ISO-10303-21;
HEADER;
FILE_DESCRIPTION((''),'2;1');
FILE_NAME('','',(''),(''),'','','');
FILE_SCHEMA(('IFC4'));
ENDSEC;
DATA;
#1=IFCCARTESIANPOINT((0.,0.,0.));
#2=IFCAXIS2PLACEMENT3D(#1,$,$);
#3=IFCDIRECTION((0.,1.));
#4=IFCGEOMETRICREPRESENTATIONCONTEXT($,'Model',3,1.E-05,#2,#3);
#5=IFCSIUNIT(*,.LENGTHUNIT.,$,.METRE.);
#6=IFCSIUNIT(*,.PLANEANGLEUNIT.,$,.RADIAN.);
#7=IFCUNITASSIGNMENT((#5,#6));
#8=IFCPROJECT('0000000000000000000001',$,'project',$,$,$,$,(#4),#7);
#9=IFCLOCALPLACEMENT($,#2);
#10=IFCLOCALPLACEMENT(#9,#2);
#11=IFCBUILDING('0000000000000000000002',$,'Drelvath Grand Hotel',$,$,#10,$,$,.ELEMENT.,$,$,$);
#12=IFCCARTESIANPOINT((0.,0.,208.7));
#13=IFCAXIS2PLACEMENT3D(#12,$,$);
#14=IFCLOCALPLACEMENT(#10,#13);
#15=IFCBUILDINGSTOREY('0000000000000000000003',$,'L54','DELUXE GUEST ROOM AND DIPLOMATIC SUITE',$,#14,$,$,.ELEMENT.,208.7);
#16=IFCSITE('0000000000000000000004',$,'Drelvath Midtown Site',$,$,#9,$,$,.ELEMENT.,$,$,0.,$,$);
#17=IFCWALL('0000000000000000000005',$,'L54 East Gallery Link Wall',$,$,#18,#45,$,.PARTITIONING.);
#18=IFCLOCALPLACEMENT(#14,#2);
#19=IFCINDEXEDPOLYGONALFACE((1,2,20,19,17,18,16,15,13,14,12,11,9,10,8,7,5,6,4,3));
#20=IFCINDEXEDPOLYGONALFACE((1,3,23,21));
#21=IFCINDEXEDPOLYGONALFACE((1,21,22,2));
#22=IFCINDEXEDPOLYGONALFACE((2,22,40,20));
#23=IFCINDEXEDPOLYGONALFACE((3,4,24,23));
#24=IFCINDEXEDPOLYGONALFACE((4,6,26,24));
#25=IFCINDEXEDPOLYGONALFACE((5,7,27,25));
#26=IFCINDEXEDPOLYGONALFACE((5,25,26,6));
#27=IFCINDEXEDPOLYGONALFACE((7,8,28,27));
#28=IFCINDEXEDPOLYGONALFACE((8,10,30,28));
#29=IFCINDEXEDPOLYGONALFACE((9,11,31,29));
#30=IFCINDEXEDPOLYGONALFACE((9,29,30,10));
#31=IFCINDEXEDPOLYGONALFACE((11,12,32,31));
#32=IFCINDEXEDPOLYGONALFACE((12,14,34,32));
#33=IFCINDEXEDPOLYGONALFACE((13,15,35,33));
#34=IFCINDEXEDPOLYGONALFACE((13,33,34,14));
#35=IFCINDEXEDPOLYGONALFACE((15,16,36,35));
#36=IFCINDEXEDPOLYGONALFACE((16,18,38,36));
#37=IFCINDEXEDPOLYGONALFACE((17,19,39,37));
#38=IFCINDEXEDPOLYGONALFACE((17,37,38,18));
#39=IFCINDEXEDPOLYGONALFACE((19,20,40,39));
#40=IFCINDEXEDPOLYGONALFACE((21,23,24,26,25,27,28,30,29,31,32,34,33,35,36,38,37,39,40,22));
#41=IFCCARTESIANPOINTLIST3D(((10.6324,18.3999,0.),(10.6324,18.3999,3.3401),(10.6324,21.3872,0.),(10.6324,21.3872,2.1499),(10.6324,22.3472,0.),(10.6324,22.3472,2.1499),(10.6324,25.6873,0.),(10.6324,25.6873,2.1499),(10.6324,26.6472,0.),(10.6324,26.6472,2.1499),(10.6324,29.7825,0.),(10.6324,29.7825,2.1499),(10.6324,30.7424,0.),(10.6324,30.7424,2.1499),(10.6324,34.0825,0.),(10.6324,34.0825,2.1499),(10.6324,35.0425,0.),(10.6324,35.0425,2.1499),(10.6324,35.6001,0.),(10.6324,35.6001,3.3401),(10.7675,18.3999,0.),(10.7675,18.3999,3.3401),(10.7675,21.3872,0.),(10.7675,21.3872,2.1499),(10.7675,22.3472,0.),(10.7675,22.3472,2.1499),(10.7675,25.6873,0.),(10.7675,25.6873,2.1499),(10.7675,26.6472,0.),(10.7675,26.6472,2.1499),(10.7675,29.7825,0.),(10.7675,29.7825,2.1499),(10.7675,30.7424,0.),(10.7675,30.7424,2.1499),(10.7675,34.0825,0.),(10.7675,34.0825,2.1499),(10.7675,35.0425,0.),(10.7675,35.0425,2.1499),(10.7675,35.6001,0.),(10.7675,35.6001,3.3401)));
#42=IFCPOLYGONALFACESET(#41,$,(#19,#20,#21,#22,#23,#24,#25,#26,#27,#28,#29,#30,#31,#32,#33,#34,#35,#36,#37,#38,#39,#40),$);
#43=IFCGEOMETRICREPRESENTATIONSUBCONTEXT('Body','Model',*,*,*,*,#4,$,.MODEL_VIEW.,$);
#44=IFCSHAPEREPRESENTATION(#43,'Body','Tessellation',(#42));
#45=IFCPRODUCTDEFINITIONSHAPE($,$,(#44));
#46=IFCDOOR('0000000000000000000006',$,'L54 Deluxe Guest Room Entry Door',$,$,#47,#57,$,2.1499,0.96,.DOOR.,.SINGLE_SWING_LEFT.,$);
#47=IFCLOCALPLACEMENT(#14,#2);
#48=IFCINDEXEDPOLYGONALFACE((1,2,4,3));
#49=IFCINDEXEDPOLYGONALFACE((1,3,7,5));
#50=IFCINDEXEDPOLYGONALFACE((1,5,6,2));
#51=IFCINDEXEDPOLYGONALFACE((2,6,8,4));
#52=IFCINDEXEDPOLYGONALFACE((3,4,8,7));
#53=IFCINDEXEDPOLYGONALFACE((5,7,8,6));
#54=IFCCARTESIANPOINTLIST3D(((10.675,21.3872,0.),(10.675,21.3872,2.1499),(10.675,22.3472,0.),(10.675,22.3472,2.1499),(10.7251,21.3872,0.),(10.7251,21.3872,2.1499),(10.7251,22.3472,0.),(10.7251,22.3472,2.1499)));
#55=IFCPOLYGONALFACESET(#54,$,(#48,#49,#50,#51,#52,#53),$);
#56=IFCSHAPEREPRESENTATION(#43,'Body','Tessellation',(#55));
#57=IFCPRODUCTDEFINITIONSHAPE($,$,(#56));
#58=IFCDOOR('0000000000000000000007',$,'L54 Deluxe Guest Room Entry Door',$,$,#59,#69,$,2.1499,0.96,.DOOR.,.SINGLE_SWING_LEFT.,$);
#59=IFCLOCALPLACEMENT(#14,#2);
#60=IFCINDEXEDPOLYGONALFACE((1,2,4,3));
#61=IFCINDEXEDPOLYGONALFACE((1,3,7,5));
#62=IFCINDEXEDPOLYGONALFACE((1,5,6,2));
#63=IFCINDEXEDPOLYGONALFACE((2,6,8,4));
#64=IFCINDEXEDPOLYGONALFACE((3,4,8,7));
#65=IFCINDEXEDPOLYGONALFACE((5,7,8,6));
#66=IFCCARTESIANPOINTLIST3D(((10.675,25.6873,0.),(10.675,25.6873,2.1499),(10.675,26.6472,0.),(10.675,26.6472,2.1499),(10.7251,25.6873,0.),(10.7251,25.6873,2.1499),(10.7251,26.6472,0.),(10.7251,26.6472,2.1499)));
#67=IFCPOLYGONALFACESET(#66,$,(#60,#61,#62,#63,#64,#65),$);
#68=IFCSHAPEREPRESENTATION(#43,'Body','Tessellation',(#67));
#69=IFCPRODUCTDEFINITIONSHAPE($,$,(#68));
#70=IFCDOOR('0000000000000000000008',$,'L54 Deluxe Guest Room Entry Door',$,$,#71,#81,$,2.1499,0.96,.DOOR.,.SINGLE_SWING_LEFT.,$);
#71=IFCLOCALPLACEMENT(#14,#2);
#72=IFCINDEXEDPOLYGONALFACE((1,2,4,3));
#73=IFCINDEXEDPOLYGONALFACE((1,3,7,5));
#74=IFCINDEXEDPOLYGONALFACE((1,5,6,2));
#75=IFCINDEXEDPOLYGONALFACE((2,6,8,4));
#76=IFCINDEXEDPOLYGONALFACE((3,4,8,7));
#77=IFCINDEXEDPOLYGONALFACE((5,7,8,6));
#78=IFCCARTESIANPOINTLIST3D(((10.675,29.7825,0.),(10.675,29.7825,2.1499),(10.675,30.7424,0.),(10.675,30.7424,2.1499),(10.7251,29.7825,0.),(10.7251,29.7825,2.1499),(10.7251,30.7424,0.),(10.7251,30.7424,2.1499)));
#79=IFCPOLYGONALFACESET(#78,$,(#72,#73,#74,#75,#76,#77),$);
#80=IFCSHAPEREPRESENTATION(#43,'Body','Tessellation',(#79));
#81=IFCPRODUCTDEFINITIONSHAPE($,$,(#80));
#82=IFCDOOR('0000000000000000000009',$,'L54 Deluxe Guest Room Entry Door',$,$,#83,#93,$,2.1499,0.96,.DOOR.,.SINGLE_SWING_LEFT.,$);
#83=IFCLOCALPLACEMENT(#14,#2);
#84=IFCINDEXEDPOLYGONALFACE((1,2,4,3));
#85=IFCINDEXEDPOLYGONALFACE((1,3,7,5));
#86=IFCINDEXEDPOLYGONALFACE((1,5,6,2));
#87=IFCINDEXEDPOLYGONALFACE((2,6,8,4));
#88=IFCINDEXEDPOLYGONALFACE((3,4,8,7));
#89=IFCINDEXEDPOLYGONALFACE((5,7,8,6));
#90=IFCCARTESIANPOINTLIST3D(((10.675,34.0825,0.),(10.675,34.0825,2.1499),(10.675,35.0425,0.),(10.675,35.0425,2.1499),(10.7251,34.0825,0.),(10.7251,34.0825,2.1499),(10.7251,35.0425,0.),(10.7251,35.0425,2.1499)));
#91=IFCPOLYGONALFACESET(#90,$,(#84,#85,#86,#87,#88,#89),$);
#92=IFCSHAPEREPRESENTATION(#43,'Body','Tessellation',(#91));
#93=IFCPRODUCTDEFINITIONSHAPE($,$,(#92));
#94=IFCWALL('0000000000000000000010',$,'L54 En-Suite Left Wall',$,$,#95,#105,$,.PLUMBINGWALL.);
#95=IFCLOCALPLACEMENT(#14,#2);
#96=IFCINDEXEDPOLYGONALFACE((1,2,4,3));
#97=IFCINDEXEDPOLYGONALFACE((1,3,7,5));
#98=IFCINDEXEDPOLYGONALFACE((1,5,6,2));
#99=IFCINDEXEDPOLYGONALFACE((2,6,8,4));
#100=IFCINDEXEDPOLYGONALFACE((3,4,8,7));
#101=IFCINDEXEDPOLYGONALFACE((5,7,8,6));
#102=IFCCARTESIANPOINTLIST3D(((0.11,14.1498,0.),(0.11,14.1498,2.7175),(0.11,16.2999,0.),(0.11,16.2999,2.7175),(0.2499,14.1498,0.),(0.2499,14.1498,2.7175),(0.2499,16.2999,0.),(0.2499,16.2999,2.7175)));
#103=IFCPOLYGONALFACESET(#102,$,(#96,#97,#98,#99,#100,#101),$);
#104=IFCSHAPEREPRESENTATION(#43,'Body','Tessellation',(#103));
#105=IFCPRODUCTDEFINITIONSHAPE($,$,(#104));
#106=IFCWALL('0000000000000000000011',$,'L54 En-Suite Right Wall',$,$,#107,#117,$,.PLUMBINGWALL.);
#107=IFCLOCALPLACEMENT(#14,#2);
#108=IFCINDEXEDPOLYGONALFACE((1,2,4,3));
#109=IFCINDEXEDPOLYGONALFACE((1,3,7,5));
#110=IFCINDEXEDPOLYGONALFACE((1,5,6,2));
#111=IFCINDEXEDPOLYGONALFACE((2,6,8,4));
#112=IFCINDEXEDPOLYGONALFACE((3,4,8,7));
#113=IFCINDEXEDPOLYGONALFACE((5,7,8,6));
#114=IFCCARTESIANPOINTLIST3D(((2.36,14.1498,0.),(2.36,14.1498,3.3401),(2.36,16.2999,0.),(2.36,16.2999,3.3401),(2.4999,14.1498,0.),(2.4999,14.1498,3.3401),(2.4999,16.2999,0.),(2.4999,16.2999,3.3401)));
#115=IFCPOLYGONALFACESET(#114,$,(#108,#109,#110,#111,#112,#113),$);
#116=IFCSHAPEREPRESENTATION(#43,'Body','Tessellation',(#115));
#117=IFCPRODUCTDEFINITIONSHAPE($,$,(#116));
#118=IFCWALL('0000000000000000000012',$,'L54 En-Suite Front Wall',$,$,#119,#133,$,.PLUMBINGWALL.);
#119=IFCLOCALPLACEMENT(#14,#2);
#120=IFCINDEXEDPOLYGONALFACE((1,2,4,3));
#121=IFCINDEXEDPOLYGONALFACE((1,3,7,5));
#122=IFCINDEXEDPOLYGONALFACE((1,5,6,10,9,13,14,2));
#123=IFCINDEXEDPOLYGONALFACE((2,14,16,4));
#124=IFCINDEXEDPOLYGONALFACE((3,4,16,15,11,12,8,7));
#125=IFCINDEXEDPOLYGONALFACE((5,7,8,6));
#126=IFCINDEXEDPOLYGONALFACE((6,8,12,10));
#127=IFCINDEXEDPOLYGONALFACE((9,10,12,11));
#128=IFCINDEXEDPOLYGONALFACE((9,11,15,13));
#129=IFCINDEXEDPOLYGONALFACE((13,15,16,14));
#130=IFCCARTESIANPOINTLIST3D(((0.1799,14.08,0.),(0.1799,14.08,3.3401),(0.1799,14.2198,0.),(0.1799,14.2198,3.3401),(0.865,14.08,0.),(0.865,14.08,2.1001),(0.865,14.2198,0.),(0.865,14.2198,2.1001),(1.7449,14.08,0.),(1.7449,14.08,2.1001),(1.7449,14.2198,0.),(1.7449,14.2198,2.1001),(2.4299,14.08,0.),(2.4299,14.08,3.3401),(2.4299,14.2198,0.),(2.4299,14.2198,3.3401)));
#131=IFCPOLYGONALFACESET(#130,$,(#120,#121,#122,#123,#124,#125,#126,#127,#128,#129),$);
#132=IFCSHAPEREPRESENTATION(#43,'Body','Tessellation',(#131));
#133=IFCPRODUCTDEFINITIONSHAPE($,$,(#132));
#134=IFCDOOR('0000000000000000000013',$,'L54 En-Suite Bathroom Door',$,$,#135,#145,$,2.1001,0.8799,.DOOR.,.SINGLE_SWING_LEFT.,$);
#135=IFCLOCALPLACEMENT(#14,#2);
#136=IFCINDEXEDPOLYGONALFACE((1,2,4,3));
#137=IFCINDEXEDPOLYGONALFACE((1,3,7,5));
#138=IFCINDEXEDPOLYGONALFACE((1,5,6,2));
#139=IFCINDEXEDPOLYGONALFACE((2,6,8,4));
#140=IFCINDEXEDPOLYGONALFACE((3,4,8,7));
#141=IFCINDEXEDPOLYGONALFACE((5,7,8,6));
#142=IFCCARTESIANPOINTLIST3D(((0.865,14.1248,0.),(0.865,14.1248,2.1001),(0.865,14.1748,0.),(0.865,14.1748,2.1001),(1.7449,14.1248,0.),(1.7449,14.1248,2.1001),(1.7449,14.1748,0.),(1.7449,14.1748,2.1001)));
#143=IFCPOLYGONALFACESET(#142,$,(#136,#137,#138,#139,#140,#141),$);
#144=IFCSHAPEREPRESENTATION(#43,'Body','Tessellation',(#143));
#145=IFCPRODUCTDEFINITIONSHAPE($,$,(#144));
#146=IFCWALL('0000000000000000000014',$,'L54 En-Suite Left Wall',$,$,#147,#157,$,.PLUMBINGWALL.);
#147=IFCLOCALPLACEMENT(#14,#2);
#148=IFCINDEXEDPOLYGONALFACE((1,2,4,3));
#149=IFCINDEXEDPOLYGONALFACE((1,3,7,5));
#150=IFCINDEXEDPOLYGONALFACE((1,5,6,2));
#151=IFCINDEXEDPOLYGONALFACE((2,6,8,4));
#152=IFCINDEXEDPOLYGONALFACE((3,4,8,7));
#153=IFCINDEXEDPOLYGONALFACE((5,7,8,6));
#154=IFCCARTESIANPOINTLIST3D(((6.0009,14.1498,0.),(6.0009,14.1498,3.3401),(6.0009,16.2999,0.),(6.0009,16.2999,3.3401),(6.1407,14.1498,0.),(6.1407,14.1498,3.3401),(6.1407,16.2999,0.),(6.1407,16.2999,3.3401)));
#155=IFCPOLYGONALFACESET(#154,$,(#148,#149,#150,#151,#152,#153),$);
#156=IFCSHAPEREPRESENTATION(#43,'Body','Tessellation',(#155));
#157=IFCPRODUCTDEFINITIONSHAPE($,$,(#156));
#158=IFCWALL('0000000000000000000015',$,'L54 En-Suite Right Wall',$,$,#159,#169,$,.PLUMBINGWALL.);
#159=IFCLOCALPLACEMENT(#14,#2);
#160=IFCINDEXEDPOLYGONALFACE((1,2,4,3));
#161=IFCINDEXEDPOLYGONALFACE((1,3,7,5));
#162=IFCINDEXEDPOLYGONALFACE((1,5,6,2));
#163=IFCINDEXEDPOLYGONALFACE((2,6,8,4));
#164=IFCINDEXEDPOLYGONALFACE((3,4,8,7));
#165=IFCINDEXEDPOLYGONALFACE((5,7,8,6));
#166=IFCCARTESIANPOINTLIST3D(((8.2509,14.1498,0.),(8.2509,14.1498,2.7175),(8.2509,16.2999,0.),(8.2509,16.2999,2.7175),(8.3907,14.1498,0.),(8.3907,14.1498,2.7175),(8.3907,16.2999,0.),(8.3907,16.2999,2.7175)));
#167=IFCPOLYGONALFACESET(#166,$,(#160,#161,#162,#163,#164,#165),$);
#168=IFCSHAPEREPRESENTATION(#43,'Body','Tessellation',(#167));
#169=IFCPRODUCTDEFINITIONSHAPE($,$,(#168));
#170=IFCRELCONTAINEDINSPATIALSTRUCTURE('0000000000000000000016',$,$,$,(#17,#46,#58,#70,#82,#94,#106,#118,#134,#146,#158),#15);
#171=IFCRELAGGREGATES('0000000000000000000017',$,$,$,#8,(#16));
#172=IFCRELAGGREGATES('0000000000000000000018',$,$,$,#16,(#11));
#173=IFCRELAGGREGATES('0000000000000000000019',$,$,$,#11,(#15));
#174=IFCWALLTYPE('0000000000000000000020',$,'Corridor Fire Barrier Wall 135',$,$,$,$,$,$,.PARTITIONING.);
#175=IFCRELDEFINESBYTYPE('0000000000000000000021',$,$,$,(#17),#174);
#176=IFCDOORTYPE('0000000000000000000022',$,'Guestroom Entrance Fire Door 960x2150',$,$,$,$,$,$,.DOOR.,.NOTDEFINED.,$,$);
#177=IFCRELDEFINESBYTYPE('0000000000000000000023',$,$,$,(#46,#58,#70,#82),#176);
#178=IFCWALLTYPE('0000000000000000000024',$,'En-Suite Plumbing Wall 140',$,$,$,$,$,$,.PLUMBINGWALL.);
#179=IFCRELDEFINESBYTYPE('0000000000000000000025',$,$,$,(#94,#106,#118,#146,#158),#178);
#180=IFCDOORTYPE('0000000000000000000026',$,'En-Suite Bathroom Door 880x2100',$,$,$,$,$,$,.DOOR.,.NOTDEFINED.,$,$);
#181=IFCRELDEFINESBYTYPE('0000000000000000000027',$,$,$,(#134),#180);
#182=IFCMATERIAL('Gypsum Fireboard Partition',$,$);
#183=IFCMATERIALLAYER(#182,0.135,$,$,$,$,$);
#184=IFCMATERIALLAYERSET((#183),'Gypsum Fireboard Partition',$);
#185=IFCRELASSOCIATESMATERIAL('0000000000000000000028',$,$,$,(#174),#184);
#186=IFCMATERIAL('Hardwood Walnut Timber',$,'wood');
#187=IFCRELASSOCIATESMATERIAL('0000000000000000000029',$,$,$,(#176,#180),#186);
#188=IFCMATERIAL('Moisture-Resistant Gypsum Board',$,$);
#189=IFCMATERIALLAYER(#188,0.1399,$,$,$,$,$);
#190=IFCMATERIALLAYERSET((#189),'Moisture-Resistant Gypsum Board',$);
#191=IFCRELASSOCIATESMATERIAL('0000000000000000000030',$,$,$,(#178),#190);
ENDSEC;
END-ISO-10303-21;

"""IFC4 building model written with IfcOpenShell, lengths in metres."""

from ifc_helpers import new_model, si_unit, direction, frame, frame_2d, origin, place, context, subcontext, project, spatial, rectangle, extrude, material, layer, layer_set, type_object, element, fill, save


model = new_model("IFC4")

# Units and contexts
model_context = context("Model", 3, precision=1e-05, world=origin(), true_north=direction((0.0, 1.0)))
body_context = subcontext(model_context, "Body", "Model", "MODEL_VIEW")
ifc_project = project(units=[si_unit("LENGTHUNIT", "METRE"), si_unit("PLANEANGLEUNIT", "RADIAN")], contexts=[model_context])

# Site, building, storey
site_placement = place(None, origin())
site = spatial("IfcSite", under=ifc_project, at=site_placement, Name="Drelvath Midtown Site", CompositionType="ELEMENT", RefElevation=0.0)
building_placement = place(site_placement, origin())
building = spatial("IfcBuilding", under=site, at=building_placement, Name="Drelvath Grand Hotel", CompositionType="ELEMENT")
storey_placement = place(building_placement, frame((0.0, 0.0, 208.7)))
storey = spatial("IfcBuildingStorey", under=building, at=storey_placement, Name="L54", Description="DELUXE GUEST ROOM AND DIPLOMATIC SUITE", CompositionType="ELEMENT", Elevation=208.7)

# Shared definitions
ifc_material_1 = material(Name="Gypsum Fireboard Partition")
ifc_layer_1 = layer(ifc_material_1, 0.135)
ifc_layer_set_1 = layer_set([ifc_layer_1], Name="Gypsum Fireboard Partition")
wall_type_1 = type_object("IfcWallType", Name="Corridor Fire Barrier Wall 135", PredefinedType="PARTITIONING", material=ifc_layer_set_1)

# Wall, openings, doors
wall_1_placement = place(storey_placement, frame((10.7, 18.3999, 0.0), z_axis=(0.0, 0.0, 1.0), x_axis=(0.0, 1.0, 0.0)))
wall_1 = element("IfcWall", 1, at=wall_1_placement, inside=storey, type_object=wall_type_1, Name="L54 East Gallery Link Wall", PredefinedType="PARTITIONING", context=body_context, shape_type="SweptSolid", body=[
    extrude(rectangle(XDim=17.2002, YDim=0.135, at=frame_2d((8.6001, 0.0))), origin(), (0.0, 0.0, 1.0), 3.3401),
])
opening_1_placement = place(wall_1_placement, frame((2.9873, 0.0, 0.0)))
opening_1 = element("IfcOpeningElement", 2, at=opening_1_placement, cuts=wall_1, PredefinedType="OPENING", context=body_context, shape_type="SweptSolid", body=[
    extrude(rectangle(XDim=0.96, YDim=2.1499, at=frame_2d((0.48, 1.075))), frame((0.0, 0.0774, 0.0), z_axis=(0.0, -1.0, 0.0), x_axis=(1.0, 0.0, 0.0)), (0.0, 0.0, 1.0), 0.155),
])
opening_2_placement = place(wall_1_placement, frame((7.2874, 0.0, 0.0)))
opening_2 = element("IfcOpeningElement", 3, at=opening_2_placement, cuts=wall_1, PredefinedType="OPENING", context=body_context, shape_type="SweptSolid", body=[
    extrude(rectangle(XDim=0.96, YDim=2.1499, at=frame_2d((0.48, 1.075))), frame((0.0, 0.0774, 0.0), z_axis=(0.0, -1.0, 0.0), x_axis=(1.0, 0.0, 0.0)), (0.0, 0.0, 1.0), 0.155),
])
opening_3_placement = place(wall_1_placement, frame((11.3826, 0.0, 0.0)))
opening_3 = element("IfcOpeningElement", 4, at=opening_3_placement, cuts=wall_1, PredefinedType="OPENING", context=body_context, shape_type="SweptSolid", body=[
    extrude(rectangle(XDim=0.96, YDim=2.1499, at=frame_2d((0.48, 1.075))), frame((0.0, 0.0774, 0.0), z_axis=(0.0, -1.0, 0.0), x_axis=(1.0, 0.0, 0.0)), (0.0, 0.0, 1.0), 0.155),
])
opening_4_placement = place(wall_1_placement, frame((15.6826, 0.0, 0.0)))
opening_4 = element("IfcOpeningElement", 5, at=opening_4_placement, cuts=wall_1, PredefinedType="OPENING", context=body_context, shape_type="SweptSolid", body=[
    extrude(rectangle(XDim=0.96, YDim=2.1499, at=frame_2d((0.48, 1.075))), frame((0.0, 0.0774, 0.0), z_axis=(0.0, -1.0, 0.0), x_axis=(1.0, 0.0, 0.0)), (0.0, 0.0, 1.0), 0.155),
])
ifc_material_2 = material(Name="Hardwood Walnut Timber", Category="wood")
door_type_1 = type_object("IfcDoorType", Name="Guestroom Entrance Fire Door 960x2150", OperationType="NOTDEFINED", PredefinedType="DOOR", material=ifc_material_2)
door_1_placement = place(opening_1_placement, origin())
door_1 = element("IfcDoor", 6, at=door_1_placement, inside=storey, type_object=door_type_1, Name="L54 Deluxe Guest Room Entry Door", OperationType="SINGLE_SWING_LEFT", OverallHeight=2.1499, OverallWidth=0.96, PredefinedType="DOOR", context=body_context, shape_type="SweptSolid", body=[
    extrude(rectangle(XDim=0.96, YDim=2.1499, at=frame_2d((0.48, 1.075))), frame((0.0, 0.0249, 0.0), z_axis=(0.0, -1.0, 0.0), x_axis=(1.0, 0.0, 0.0)), (0.0, 0.0, 1.0), 0.05),
])
fill(opening_1, door_1)
door_2_placement = place(opening_2_placement, origin())
door_2 = element("IfcDoor", 7, at=door_2_placement, inside=storey, type_object=door_type_1, Name="L54 Deluxe Guest Room Entry Door", OperationType="SINGLE_SWING_LEFT", OverallHeight=2.1499, OverallWidth=0.96, PredefinedType="DOOR", context=body_context, shape_type="SweptSolid", body=[
    extrude(rectangle(XDim=0.96, YDim=2.1499, at=frame_2d((0.48, 1.075))), frame((0.0, 0.0249, 0.0), z_axis=(0.0, -1.0, 0.0), x_axis=(1.0, 0.0, 0.0)), (0.0, 0.0, 1.0), 0.05),
])
fill(opening_2, door_2)
door_3_placement = place(opening_3_placement, origin())
door_3 = element("IfcDoor", 8, at=door_3_placement, inside=storey, type_object=door_type_1, Name="L54 Deluxe Guest Room Entry Door", OperationType="SINGLE_SWING_LEFT", OverallHeight=2.1499, OverallWidth=0.96, PredefinedType="DOOR", context=body_context, shape_type="SweptSolid", body=[
    extrude(rectangle(XDim=0.96, YDim=2.1499, at=frame_2d((0.48, 1.075))), frame((0.0, 0.0249, 0.0), z_axis=(0.0, -1.0, 0.0), x_axis=(1.0, 0.0, 0.0)), (0.0, 0.0, 1.0), 0.05),
])
fill(opening_3, door_3)
door_4_placement = place(opening_4_placement, origin())
door_4 = element("IfcDoor", 9, at=door_4_placement, inside=storey, type_object=door_type_1, Name="L54 Deluxe Guest Room Entry Door", OperationType="SINGLE_SWING_LEFT", OverallHeight=2.1499, OverallWidth=0.96, PredefinedType="DOOR", context=body_context, shape_type="SweptSolid", body=[
    extrude(rectangle(XDim=0.96, YDim=2.1499, at=frame_2d((0.48, 1.075))), frame((0.0, 0.0249, 0.0), z_axis=(0.0, -1.0, 0.0), x_axis=(1.0, 0.0, 0.0)), (0.0, 0.0, 1.0), 0.05),
])
fill(opening_4, door_4)

# Walls
ifc_material_3 = material(Name="Moisture-Resistant Gypsum Board")
ifc_layer_2 = layer(ifc_material_3, 0.1399)
ifc_layer_set_2 = layer_set([ifc_layer_2], Name="Moisture-Resistant Gypsum Board")
wall_type_2 = type_object("IfcWallType", Name="En-Suite Plumbing Wall 140", PredefinedType="PLUMBINGWALL", material=ifc_layer_set_2)
wall_2_placement = place(storey_placement, frame((0.1799, 16.3, 0.0), z_axis=(0.0, 0.0, 1.0), x_axis=(0.0, -1.0, 0.0)))
element("IfcWall", 10, at=wall_2_placement, inside=storey, type_object=wall_type_2, Name="L54 En-Suite Left Wall", PredefinedType="PLUMBINGWALL", context=body_context, shape_type="SweptSolid", body=[
    extrude(rectangle(XDim=2.1501, YDim=0.1399, at=frame_2d((1.0752, 0.0))), origin(), (0.0, 0.0, 1.0), 2.7175),
])
wall_3_placement = place(storey_placement, frame((2.4299, 16.3, 0.0), z_axis=(0.0, 0.0, 1.0), x_axis=(0.0, -1.0, 0.0)))
element("IfcWall", 11, at=wall_3_placement, inside=storey, type_object=wall_type_2, Name="L54 En-Suite Right Wall", PredefinedType="PLUMBINGWALL", context=body_context, shape_type="SweptSolid", body=[
    extrude(rectangle(XDim=2.1501, YDim=0.1399, at=frame_2d((1.0752, 0.0))), origin(), (0.0, 0.0, 1.0), 3.3401),
])

# Wall, opening, door
wall_4_placement = place(storey_placement, frame((0.1799, 14.1499, 0.0), z_axis=(0.0, 0.0, 1.0), x_axis=(1.0, 0.0, 0.0)))
wall_4 = element("IfcWall", 12, at=wall_4_placement, inside=storey, type_object=wall_type_2, Name="L54 En-Suite Front Wall", PredefinedType="PLUMBINGWALL", context=body_context, shape_type="SweptSolid", body=[
    extrude(rectangle(XDim=2.25, YDim=0.1399, at=frame_2d((1.125, 0.0))), origin(), (0.0, 0.0, 1.0), 3.3401),
])
opening_5_placement = place(wall_4_placement, frame((0.6851, 0.0, 0.0)))
opening_5 = element("IfcOpeningElement", 13, at=opening_5_placement, cuts=wall_4, PredefinedType="OPENING", context=body_context, shape_type="SweptSolid", body=[
    extrude(rectangle(XDim=0.8799, YDim=2.1001, at=frame_2d((0.4399, 1.05))), frame((0.0, 0.0798, 0.0), z_axis=(0.0, -1.0, 0.0), x_axis=(1.0, 0.0, 0.0)), (0.0, 0.0, 1.0), 0.1599),
])
door_type_2 = type_object("IfcDoorType", Name="En-Suite Bathroom Door 880x2100", OperationType="NOTDEFINED", PredefinedType="DOOR", material=ifc_material_2)
door_5_placement = place(opening_5_placement, origin())
door_5 = element("IfcDoor", 14, at=door_5_placement, inside=storey, type_object=door_type_2, Name="L54 En-Suite Bathroom Door", OperationType="SINGLE_SWING_LEFT", OverallHeight=2.1001, OverallWidth=0.8799, PredefinedType="DOOR", context=body_context, shape_type="SweptSolid", body=[
    extrude(rectangle(XDim=0.8799, YDim=2.1001, at=frame_2d((0.4399, 1.05))), frame((0.0, 0.0249, 0.0), z_axis=(0.0, -1.0, 0.0), x_axis=(1.0, 0.0, 0.0)), (0.0, 0.0, 1.0), 0.05),
])
fill(opening_5, door_5)

# Walls
wall_5_placement = place(storey_placement, frame((6.0708, 16.3, 0.0), z_axis=(0.0, 0.0, 1.0), x_axis=(0.0, -1.0, 0.0)))
element("IfcWall", 15, at=wall_5_placement, inside=storey, type_object=wall_type_2, Name="L54 En-Suite Left Wall", PredefinedType="PLUMBINGWALL", context=body_context, shape_type="SweptSolid", body=[
    extrude(rectangle(XDim=2.1501, YDim=0.1399, at=frame_2d((1.0752, 0.0))), origin(), (0.0, 0.0, 1.0), 3.3401),
])
wall_6_placement = place(storey_placement, frame((8.3208, 16.3, 0.0), z_axis=(0.0, 0.0, 1.0), x_axis=(0.0, -1.0, 0.0)))
element("IfcWall", 16, at=wall_6_placement, inside=storey, type_object=wall_type_2, Name="L54 En-Suite Right Wall", PredefinedType="PLUMBINGWALL", context=body_context, shape_type="SweptSolid", body=[
    extrude(rectangle(XDim=2.1501, YDim=0.1399, at=frame_2d((1.0752, 0.0))), origin(), (0.0, 0.0, 1.0), 2.7175),
])

save(model, "model.ifc")
